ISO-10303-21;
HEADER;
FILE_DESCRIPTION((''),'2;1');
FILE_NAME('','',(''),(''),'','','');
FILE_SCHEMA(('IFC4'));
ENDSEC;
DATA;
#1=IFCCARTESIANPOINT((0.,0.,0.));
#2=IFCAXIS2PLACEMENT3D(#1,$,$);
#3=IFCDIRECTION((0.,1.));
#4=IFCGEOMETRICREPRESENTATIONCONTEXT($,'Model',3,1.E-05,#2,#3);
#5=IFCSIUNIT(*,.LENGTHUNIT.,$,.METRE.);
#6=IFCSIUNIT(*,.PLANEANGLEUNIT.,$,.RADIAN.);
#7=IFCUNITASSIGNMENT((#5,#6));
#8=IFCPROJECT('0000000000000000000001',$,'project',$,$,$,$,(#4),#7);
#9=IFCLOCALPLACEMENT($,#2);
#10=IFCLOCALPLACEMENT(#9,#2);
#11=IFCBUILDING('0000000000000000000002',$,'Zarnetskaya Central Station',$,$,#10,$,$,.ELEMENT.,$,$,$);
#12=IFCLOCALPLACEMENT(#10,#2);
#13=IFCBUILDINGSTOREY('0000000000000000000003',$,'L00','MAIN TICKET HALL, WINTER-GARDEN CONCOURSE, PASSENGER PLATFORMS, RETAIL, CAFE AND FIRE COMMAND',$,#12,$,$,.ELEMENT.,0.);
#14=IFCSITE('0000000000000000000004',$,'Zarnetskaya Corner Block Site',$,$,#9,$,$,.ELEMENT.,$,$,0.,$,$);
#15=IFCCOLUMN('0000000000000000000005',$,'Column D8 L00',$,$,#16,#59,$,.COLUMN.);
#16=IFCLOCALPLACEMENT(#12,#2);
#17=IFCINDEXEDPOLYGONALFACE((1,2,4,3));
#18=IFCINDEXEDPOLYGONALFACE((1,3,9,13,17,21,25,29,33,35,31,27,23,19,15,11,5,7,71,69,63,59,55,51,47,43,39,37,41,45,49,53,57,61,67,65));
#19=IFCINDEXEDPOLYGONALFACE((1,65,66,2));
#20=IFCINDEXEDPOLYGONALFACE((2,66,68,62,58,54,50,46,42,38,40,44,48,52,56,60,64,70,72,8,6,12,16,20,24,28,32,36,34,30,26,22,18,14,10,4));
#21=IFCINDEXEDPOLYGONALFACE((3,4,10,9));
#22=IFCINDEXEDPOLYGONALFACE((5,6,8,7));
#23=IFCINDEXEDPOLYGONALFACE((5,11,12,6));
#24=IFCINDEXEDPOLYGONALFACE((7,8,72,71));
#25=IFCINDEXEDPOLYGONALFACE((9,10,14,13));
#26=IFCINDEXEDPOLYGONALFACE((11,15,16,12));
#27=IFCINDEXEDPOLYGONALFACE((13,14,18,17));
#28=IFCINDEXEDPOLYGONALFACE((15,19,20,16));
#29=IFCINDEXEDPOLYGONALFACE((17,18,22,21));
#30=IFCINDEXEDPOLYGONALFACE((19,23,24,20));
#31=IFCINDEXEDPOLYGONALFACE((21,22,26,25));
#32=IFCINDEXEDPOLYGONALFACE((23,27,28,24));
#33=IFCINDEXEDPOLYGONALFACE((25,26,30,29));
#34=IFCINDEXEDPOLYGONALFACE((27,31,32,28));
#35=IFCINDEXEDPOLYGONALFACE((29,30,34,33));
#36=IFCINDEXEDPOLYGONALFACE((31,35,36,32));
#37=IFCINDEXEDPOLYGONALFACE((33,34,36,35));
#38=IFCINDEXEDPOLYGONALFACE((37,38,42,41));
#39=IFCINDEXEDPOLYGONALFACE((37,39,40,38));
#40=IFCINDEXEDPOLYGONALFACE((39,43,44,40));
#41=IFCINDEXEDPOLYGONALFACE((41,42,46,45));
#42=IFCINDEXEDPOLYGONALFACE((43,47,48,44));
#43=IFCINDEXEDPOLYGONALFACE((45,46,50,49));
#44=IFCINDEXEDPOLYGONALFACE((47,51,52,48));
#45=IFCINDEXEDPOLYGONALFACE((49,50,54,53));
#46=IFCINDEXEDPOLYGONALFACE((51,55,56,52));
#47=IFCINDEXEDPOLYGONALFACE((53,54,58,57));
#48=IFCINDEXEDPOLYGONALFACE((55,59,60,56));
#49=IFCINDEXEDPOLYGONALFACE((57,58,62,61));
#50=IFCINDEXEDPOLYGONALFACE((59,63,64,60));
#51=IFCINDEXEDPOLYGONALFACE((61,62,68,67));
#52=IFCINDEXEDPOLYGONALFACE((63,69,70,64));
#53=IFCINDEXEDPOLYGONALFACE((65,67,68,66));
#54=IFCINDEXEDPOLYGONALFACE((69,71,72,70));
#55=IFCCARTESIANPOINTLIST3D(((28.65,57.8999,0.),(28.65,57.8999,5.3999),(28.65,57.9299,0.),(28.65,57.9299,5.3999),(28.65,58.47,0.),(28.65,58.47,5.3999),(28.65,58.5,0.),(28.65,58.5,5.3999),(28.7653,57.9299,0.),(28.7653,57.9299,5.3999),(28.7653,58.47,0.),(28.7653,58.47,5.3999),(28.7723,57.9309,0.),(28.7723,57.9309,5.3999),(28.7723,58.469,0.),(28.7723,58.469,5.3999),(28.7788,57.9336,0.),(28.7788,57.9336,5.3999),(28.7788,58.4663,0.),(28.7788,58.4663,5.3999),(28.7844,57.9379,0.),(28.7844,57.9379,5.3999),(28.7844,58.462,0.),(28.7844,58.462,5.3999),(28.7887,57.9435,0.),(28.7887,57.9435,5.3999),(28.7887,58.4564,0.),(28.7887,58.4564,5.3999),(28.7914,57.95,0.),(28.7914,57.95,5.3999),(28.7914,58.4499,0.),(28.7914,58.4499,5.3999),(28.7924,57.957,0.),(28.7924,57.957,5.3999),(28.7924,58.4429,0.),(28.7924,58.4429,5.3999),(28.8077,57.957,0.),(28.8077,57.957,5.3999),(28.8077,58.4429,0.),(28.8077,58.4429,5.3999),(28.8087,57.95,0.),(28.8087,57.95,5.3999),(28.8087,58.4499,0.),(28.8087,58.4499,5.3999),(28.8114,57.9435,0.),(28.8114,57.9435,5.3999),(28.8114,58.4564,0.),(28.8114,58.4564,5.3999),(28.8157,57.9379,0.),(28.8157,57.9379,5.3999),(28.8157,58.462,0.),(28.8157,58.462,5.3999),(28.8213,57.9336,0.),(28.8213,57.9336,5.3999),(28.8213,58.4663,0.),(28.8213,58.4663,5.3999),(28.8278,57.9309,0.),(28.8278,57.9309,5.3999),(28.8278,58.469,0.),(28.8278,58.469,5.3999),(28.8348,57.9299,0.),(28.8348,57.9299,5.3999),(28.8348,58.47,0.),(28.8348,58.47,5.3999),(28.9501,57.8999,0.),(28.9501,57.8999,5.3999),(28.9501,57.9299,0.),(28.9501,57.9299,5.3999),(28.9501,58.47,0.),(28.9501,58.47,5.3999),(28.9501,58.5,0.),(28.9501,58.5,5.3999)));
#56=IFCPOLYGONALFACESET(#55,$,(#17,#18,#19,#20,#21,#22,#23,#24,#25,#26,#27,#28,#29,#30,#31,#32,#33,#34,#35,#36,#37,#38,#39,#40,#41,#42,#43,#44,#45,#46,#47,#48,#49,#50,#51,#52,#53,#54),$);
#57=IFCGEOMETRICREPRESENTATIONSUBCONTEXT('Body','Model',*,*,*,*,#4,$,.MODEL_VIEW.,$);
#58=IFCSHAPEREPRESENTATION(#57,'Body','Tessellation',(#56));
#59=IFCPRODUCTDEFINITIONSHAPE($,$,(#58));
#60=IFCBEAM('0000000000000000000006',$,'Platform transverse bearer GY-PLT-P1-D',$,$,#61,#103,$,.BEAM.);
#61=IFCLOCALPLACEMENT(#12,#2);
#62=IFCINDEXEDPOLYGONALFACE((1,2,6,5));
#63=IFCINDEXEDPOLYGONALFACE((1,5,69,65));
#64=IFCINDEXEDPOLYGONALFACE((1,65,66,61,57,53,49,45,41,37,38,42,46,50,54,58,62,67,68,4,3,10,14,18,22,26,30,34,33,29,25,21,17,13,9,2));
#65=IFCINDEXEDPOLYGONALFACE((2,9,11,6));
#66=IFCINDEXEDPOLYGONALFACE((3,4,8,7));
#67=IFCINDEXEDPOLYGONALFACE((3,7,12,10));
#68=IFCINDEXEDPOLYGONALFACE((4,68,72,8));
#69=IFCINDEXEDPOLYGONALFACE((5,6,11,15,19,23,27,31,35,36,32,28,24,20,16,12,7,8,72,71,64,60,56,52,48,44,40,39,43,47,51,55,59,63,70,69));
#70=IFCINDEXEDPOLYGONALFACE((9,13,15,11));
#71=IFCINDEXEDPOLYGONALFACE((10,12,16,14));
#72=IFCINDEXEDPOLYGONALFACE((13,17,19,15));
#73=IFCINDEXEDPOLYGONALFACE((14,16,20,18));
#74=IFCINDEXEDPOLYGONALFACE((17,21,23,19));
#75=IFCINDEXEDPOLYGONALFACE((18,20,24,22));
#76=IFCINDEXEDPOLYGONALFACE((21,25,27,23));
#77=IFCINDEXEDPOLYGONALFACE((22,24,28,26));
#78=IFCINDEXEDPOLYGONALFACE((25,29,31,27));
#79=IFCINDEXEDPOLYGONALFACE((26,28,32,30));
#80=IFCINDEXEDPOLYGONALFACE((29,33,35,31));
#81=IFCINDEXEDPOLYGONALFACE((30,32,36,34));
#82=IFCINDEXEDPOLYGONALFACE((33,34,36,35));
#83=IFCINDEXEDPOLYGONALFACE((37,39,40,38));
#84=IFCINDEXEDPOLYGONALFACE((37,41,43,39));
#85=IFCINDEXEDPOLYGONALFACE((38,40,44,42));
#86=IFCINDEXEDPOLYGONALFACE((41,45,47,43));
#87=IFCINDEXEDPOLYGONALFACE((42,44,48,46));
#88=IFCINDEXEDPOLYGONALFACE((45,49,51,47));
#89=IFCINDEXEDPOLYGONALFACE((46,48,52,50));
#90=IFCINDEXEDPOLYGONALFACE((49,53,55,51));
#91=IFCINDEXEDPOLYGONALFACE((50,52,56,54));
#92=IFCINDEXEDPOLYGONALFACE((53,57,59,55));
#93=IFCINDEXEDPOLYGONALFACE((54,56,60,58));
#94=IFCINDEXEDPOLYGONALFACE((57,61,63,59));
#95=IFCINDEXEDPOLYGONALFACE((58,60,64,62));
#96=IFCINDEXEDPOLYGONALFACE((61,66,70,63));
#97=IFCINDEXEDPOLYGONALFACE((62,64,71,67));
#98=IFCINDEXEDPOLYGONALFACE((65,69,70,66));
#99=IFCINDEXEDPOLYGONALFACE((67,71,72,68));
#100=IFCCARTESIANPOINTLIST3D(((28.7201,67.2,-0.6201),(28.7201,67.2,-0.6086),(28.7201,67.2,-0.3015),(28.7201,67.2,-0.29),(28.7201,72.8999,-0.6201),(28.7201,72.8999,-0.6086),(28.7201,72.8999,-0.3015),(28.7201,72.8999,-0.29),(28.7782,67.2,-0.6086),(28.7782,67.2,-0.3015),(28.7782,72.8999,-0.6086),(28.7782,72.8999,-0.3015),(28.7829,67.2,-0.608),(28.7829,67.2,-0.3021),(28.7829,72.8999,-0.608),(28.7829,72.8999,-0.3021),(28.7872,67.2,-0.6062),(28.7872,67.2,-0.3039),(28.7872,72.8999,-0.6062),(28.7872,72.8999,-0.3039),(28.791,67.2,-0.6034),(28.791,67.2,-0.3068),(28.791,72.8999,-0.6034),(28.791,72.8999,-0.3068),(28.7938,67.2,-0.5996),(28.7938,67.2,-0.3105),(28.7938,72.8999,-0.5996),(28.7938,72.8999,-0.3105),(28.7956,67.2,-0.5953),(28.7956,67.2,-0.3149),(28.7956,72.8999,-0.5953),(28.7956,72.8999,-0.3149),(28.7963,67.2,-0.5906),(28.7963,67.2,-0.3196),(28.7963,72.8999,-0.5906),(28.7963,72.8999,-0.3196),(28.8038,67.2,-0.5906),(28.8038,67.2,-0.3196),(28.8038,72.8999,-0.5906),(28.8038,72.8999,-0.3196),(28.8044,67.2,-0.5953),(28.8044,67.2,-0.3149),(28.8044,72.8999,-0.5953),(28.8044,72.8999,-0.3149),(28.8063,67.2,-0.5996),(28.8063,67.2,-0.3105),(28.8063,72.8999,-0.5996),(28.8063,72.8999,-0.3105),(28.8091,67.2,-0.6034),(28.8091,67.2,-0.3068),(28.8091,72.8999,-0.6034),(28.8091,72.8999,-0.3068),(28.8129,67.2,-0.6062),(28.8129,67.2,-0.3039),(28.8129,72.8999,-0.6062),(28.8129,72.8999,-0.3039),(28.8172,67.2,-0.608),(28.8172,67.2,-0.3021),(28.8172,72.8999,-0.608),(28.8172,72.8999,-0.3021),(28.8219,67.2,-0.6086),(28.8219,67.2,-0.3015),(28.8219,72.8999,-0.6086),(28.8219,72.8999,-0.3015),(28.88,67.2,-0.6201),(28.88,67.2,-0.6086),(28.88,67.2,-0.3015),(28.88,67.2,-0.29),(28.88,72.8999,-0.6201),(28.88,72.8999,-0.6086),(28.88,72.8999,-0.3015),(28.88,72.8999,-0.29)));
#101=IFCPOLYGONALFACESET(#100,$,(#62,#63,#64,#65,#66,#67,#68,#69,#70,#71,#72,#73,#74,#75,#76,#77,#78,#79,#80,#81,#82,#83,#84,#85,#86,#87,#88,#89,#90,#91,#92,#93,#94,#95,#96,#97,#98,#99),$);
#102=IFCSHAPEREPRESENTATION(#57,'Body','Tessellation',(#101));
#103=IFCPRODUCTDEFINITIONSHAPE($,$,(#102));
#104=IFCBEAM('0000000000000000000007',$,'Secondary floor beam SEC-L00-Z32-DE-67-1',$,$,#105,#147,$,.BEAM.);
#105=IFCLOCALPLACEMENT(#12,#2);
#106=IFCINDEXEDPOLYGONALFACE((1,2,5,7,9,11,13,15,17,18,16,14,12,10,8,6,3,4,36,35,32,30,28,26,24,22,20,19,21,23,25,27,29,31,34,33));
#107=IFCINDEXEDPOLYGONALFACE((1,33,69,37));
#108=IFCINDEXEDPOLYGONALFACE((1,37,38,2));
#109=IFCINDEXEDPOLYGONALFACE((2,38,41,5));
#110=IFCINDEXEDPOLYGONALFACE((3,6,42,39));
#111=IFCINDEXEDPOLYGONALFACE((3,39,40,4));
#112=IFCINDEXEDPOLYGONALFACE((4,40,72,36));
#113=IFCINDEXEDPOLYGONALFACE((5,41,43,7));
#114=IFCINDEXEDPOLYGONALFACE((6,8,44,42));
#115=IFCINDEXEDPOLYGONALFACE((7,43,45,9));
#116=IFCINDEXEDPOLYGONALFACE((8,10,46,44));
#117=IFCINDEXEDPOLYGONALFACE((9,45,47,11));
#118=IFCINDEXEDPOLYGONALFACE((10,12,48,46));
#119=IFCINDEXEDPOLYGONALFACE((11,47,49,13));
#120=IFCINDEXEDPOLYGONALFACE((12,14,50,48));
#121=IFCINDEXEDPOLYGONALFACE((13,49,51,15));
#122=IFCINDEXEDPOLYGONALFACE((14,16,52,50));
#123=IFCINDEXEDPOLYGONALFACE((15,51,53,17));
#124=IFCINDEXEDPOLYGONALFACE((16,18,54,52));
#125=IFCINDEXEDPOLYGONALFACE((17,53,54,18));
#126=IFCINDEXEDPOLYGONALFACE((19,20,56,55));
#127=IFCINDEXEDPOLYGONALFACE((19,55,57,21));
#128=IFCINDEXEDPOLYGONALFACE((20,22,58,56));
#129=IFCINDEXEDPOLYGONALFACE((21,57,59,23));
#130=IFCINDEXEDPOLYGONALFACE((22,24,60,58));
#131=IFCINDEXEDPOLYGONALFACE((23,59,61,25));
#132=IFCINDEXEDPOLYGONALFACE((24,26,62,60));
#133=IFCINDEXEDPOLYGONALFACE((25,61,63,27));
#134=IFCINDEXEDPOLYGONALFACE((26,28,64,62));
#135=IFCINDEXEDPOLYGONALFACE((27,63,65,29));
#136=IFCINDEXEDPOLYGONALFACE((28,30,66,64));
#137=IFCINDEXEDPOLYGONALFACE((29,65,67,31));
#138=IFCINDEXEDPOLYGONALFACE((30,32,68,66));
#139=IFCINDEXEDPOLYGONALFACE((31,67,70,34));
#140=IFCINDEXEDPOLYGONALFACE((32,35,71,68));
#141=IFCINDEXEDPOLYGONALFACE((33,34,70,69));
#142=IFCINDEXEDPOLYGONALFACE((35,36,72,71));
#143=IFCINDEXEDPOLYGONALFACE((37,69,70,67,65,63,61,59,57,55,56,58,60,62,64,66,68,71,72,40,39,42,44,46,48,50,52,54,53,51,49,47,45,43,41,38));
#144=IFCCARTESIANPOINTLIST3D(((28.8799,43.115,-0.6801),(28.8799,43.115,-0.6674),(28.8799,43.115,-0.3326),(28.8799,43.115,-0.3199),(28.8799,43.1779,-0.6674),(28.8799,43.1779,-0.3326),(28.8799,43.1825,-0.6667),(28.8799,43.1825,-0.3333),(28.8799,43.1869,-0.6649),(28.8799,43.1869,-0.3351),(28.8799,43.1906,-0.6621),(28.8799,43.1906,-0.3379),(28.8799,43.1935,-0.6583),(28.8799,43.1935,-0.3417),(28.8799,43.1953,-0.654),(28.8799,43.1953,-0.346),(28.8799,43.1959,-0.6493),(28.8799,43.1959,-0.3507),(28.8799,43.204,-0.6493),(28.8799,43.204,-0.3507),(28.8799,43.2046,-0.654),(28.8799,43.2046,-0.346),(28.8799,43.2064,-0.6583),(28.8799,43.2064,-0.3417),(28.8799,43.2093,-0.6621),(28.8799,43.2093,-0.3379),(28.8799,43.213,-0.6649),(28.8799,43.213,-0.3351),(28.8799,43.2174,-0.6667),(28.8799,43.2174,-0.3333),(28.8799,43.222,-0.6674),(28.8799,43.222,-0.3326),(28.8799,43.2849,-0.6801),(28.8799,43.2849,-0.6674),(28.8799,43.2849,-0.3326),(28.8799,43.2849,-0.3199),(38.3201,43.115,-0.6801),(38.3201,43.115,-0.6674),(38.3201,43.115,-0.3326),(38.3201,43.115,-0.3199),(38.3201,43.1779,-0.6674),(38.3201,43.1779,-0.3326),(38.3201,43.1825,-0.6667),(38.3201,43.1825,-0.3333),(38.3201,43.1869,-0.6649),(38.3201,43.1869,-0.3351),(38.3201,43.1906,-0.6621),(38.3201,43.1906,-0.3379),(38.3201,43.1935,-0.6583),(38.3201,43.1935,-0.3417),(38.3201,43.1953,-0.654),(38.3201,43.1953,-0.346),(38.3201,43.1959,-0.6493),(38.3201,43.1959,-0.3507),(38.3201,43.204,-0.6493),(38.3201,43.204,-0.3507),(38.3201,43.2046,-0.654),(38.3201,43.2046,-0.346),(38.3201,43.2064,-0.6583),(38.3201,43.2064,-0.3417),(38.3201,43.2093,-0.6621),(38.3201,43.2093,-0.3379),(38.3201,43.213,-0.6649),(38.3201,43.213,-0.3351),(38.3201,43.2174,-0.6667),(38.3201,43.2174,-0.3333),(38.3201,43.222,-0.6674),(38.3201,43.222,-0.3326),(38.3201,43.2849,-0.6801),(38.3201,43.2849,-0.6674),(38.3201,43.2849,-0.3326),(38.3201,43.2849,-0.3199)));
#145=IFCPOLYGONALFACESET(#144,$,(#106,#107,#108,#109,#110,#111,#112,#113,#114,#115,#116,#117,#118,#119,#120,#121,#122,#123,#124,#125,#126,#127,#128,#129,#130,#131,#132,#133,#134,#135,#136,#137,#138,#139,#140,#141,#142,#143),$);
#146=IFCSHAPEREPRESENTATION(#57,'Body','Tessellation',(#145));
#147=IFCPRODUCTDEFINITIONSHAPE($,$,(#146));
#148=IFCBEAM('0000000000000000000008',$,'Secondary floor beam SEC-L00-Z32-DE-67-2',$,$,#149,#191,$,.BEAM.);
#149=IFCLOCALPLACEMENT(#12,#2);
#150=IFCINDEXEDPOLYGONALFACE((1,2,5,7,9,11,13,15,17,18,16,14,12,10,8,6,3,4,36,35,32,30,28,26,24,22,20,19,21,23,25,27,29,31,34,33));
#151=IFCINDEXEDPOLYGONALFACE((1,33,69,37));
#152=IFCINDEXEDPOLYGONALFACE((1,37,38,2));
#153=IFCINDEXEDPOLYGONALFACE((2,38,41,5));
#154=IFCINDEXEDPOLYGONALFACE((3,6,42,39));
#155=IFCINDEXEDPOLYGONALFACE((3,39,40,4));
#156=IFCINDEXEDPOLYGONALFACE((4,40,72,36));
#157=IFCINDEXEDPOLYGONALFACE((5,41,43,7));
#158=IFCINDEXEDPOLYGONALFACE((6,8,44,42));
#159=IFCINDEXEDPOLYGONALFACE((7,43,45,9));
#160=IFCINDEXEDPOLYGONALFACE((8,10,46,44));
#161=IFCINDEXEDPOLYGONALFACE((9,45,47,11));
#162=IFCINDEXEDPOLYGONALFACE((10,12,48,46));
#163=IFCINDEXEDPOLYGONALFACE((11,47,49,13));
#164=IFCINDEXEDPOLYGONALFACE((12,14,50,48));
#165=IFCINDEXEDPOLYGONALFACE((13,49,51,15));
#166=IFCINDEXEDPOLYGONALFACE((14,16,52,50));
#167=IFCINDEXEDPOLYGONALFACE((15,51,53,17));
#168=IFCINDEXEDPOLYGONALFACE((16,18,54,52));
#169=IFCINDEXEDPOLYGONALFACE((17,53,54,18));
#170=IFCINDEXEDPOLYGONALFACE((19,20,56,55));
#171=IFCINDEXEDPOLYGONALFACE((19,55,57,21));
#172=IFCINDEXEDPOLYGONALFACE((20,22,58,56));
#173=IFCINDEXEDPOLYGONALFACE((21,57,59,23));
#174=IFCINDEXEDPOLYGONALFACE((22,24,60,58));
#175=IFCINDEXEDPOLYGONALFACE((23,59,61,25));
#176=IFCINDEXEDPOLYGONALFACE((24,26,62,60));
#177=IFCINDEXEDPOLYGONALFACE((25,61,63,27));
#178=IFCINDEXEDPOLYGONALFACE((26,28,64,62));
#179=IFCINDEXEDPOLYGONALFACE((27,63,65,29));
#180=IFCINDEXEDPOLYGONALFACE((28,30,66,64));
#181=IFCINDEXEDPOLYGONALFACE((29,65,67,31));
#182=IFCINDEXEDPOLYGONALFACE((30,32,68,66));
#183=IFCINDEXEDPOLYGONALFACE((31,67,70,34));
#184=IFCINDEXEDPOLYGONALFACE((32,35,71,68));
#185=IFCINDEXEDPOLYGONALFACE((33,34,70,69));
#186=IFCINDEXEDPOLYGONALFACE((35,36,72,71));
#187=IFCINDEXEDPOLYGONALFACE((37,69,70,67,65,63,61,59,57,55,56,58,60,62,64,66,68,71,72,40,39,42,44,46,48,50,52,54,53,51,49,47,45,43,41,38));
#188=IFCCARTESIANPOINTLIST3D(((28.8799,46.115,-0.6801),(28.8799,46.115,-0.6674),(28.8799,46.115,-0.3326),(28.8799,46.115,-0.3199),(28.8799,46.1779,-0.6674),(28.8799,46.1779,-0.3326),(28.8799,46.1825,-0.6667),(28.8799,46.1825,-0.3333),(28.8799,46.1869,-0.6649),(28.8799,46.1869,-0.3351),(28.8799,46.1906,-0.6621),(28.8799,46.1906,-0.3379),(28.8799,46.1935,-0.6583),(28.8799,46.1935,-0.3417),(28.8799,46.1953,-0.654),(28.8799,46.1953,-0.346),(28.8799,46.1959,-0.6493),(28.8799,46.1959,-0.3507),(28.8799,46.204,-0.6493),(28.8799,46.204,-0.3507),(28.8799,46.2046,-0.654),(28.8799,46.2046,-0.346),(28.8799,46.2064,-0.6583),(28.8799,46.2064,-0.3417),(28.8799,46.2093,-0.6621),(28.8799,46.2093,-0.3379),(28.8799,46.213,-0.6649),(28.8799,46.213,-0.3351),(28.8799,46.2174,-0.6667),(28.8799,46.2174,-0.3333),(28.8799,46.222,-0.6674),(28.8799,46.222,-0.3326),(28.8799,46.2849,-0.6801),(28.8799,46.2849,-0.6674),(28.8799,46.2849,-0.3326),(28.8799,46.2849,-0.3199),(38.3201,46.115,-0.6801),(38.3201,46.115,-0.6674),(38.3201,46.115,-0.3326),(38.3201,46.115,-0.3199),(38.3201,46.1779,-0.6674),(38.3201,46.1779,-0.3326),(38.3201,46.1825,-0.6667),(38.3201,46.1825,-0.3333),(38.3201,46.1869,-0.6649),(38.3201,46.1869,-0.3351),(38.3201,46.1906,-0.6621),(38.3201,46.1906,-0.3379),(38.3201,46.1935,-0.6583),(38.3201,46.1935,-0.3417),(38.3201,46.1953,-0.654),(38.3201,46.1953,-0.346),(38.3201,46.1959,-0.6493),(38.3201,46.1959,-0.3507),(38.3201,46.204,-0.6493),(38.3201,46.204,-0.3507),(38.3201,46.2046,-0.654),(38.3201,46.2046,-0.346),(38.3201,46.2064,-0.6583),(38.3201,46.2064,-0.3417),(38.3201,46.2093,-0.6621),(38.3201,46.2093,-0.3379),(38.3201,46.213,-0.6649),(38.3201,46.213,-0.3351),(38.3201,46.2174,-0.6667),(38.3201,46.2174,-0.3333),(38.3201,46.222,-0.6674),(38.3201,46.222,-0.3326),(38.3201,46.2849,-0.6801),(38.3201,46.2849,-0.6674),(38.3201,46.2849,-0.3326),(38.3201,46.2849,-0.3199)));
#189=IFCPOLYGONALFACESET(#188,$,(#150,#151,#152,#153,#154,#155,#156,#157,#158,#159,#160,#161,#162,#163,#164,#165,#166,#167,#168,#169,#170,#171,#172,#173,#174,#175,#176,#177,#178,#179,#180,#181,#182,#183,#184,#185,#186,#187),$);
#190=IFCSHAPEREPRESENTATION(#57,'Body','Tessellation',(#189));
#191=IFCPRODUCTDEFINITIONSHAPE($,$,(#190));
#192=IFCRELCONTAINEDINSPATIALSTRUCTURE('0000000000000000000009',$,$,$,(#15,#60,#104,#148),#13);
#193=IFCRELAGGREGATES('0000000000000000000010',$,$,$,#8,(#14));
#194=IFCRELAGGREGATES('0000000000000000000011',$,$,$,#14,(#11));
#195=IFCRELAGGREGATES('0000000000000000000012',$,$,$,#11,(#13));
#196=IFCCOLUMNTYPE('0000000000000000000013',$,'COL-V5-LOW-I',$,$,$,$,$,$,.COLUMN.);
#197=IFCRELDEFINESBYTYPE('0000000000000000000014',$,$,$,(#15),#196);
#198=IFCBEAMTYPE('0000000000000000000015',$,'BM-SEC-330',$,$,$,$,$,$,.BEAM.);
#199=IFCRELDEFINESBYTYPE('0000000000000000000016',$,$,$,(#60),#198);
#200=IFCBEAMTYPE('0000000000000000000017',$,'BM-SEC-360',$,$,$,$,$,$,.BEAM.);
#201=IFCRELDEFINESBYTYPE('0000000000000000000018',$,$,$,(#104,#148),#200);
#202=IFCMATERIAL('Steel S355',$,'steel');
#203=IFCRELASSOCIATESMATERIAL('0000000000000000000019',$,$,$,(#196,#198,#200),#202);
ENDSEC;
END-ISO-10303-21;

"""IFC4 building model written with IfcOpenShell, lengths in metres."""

from ifc_helpers import new_model, si_unit, direction, frame, origin, origin_2d, place, context, subcontext, project, spatial, i_section, extrude, material, material_profile, profile_set, type_object, element, save


model = new_model("IFC4")

# Units and contexts
model_context = context("Model", 3, precision=1e-05, world=origin(), true_north=direction((0.0, 1.0)))
body_context = subcontext(model_context, "Body", "Model", "MODEL_VIEW")
ifc_project = project(units=[si_unit("LENGTHUNIT", "METRE"), si_unit("PLANEANGLEUNIT", "RADIAN")], contexts=[model_context])

# Site, building, storey
site_placement = place(None, origin())
site = spatial("IfcSite", under=ifc_project, at=site_placement, Name="Zarnetskaya Corner Block Site", CompositionType="ELEMENT", RefElevation=0.0)
building_placement = place(site_placement, origin())
building = spatial("IfcBuilding", under=site, at=building_placement, Name="Zarnetskaya Central Station", CompositionType="ELEMENT")
storey_placement = place(building_placement, origin())
storey = spatial("IfcBuildingStorey", under=building, at=storey_placement, Name="L00", Description="MAIN TICKET HALL, WINTER-GARDEN CONCOURSE, PASSENGER PLATFORMS, RETAIL, CAFE AND FIRE COMMAND", CompositionType="ELEMENT", Elevation=0.0)

# Column
ifc_material_1 = material(Name="Steel S355", Category="steel")
ifc_material_profile_1 = material_profile(ifc_material_1, i_section(OverallWidth=0.3, OverallDepth=0.6001, WebThickness=0.0154, FlangeThickness=0.03, FilletRadius=0.0271, at=origin_2d()), Name="HEB 600")
ifc_profile_set_1 = profile_set([ifc_material_profile_1], Name="Steel S355")
column_type_1 = type_object("IfcColumnType", Name="COL-V5-LOW-I", PredefinedType="COLUMN", material=ifc_profile_set_1)
column_1_placement = place(storey_placement, frame((28.8, 58.2, 0.0), z_axis=(0.0, 0.0, 1.0), x_axis=(1.0, 0.0, 0.0)))
element("IfcColumn", 1, at=column_1_placement, inside=storey, type_object=column_type_1, Name="Column D8 L00", PredefinedType="COLUMN", context=body_context, shape_type="SweptSolid", body=[
    extrude(i_section(OverallWidth=0.3, OverallDepth=0.6001, WebThickness=0.0154, FlangeThickness=0.03, FilletRadius=0.0271, at=origin_2d()), origin(), (0.0, 0.0, 1.0), 5.3999),
])

# Beams
ifc_material_profile_2 = material_profile(ifc_material_1, i_section(OverallWidth=0.1599, OverallDepth=0.3301, WebThickness=0.0076, FlangeThickness=0.0115, FilletRadius=0.0181, at=origin_2d()), Name="IPE 330")
ifc_profile_set_2 = profile_set([ifc_material_profile_2], Name="Steel S355")
beam_type_1 = type_object("IfcBeamType", Name="BM-SEC-330", PredefinedType="BEAM", material=ifc_profile_set_2)
beam_1_placement = place(storey_placement, frame((28.8, 67.2, -0.4551), z_axis=(0.0, 1.0, 0.0), x_axis=(-1.0, 0.0, 0.0)))
element("IfcBeam", 2, at=beam_1_placement, inside=storey, type_object=beam_type_1, Name="Platform transverse bearer GY-PLT-P1-D", PredefinedType="BEAM", context=body_context, shape_type="SweptSolid", body=[
    extrude(i_section(OverallWidth=0.1599, OverallDepth=0.3301, WebThickness=0.0076, FlangeThickness=0.0115, FilletRadius=0.0181, at=origin_2d()), origin(), (0.0, 0.0, 1.0), 5.7),
])
ifc_material_profile_3 = material_profile(ifc_material_1, i_section(OverallWidth=0.1699, OverallDepth=0.3601, WebThickness=0.0081, FlangeThickness=0.0127, FilletRadius=0.0181, at=origin_2d()), Name="IPE 360")
ifc_profile_set_3 = profile_set([ifc_material_profile_3], Name="Steel S355")
beam_type_2 = type_object("IfcBeamType", Name="BM-SEC-360", PredefinedType="BEAM", material=ifc_profile_set_3)
for number, where, z_axis, x_axis, name in (
    (3, (28.8799, 43.2, -0.5), (1.0, 0.0, 0.0), (0.0, 1.0, 0.0), "Secondary floor beam SEC-L00-Z32-DE-67-1"),
    (4, (28.8799, 46.2, -0.5), (1.0, 0.0, 0.0), (0.0, 1.0, 0.0), "Secondary floor beam SEC-L00-Z32-DE-67-2"),
):
    element("IfcBeam", number, at=place(storey_placement, frame(where, z_axis=z_axis, x_axis=x_axis)), inside=storey, type_object=beam_type_2, Name=name, PredefinedType="BEAM", context=body_context, shape_type="SweptSolid", body=[
        extrude(i_section(OverallWidth=0.1699, OverallDepth=0.3601, WebThickness=0.0081, FlangeThickness=0.0127, FilletRadius=0.0181, at=origin_2d()), origin(), (0.0, 0.0, 1.0), 9.4402),
    ])

save(model, "model.ifc")
